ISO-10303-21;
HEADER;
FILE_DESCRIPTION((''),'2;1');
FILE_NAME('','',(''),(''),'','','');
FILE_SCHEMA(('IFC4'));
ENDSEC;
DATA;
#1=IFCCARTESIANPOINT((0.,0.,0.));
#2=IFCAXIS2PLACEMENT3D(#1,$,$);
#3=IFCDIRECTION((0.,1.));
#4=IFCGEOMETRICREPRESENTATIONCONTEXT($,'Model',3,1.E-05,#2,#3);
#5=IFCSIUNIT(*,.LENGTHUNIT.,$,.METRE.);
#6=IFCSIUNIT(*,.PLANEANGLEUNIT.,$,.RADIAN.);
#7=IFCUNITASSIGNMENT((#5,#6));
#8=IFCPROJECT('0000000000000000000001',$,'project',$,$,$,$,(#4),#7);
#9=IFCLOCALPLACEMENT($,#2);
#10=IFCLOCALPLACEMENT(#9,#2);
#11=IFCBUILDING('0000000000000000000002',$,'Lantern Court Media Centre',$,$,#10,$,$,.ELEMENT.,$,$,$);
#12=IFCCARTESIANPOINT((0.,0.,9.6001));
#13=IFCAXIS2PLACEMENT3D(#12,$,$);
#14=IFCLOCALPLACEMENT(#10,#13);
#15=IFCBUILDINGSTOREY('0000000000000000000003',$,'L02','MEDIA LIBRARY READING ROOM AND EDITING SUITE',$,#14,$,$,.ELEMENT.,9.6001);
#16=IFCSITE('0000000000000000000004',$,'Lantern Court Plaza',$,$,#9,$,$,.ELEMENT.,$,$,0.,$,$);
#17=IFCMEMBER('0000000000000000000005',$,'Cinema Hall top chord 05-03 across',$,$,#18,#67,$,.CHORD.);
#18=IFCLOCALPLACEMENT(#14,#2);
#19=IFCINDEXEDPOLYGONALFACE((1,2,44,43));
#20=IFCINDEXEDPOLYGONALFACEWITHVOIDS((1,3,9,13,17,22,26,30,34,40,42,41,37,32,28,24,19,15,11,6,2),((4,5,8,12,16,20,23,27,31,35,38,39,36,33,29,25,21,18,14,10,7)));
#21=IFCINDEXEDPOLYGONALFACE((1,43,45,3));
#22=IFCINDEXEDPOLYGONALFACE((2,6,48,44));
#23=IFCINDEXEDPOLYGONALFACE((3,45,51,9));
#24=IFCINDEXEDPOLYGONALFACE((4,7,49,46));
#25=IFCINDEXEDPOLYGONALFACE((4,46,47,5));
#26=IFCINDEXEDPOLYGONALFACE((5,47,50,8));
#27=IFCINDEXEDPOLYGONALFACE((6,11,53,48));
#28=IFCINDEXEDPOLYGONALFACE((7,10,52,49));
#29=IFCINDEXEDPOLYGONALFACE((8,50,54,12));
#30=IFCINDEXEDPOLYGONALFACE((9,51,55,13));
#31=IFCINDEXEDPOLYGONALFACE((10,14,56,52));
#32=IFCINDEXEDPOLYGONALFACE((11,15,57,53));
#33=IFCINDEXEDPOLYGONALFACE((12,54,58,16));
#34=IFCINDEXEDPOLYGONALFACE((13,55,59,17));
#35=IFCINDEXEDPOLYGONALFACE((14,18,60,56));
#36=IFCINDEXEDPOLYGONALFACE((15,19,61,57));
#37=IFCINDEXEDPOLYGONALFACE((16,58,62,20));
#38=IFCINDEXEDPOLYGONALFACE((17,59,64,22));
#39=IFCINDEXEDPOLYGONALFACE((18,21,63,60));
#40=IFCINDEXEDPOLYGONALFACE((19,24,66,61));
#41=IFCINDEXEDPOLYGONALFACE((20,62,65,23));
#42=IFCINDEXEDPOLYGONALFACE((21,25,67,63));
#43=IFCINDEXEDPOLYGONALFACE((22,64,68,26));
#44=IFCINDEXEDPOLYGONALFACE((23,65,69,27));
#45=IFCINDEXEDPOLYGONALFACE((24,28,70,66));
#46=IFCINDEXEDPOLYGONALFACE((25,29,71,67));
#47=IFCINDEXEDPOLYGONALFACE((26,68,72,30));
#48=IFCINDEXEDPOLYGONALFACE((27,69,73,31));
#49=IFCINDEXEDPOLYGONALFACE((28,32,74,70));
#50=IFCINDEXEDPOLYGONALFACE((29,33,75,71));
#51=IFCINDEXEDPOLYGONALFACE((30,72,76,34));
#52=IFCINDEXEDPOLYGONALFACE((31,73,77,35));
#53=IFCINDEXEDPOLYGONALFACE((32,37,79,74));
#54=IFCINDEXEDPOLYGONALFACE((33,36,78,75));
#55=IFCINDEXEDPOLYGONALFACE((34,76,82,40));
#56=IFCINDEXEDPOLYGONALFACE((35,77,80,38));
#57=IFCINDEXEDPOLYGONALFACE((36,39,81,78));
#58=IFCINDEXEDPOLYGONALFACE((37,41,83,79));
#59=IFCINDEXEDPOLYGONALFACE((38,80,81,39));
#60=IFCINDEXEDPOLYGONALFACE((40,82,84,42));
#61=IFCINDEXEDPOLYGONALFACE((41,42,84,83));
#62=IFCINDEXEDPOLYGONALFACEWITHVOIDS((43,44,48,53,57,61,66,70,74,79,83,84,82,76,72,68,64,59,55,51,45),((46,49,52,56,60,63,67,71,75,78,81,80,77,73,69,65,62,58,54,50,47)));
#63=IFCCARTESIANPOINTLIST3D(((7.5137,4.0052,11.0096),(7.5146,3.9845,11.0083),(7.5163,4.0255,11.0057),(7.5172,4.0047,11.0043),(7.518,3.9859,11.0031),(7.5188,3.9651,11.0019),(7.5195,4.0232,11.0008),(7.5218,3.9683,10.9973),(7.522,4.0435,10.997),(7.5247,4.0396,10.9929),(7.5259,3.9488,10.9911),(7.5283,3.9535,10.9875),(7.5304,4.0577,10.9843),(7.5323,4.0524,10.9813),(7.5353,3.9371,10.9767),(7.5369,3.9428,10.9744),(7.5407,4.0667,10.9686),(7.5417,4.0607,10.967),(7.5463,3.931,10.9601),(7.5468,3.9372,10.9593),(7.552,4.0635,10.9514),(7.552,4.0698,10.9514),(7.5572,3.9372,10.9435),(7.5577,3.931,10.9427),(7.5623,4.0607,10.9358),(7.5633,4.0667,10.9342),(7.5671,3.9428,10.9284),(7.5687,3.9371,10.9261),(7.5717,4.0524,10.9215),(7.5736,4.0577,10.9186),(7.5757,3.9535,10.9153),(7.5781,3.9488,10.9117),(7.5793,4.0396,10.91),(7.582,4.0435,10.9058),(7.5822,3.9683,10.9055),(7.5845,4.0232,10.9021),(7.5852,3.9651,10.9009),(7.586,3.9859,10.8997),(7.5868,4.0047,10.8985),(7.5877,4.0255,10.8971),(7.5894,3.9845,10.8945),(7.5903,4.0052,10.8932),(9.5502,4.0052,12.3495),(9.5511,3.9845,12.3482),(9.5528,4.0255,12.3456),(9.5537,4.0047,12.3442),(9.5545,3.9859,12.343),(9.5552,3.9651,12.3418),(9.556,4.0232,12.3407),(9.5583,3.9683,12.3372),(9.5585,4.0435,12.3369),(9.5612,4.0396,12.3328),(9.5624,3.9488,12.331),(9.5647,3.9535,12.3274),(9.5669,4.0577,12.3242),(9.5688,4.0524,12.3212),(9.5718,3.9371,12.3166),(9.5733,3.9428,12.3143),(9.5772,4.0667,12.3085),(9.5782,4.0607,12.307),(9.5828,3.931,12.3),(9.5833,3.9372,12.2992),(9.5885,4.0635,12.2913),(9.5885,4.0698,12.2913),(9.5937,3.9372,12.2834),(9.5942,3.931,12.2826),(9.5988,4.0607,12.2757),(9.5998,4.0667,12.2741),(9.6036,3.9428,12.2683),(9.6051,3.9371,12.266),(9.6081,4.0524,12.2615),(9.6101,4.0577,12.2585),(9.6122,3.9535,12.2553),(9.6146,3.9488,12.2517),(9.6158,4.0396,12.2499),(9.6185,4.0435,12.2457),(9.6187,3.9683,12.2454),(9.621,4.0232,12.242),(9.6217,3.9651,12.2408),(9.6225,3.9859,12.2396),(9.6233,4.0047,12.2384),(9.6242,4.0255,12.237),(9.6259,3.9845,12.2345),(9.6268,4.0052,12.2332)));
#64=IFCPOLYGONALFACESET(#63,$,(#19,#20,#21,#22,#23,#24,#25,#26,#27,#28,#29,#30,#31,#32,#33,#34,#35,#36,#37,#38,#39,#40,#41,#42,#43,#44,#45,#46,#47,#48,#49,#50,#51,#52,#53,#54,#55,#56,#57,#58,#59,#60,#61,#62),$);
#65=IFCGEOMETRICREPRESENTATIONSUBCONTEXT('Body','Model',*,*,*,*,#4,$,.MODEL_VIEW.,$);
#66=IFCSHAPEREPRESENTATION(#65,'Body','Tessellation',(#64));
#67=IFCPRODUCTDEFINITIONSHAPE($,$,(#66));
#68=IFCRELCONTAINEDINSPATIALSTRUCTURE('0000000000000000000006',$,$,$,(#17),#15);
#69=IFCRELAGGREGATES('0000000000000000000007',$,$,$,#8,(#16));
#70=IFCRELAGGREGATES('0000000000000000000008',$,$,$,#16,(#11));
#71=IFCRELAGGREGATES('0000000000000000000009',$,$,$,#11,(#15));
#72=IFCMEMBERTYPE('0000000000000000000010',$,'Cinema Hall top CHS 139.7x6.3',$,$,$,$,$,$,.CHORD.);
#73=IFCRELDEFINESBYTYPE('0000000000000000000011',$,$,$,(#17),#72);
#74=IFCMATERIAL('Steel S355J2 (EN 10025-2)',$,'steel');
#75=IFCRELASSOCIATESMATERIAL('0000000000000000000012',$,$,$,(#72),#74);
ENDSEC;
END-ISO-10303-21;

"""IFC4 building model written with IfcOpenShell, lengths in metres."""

from ifc_helpers import new_model, si_unit, direction, frame, origin, origin_2d, place, context, subcontext, project, spatial, hollow_circle, extrude, material, material_profile, profile_set, type_object, element, save


model = new_model("IFC4")

# Units and contexts
model_context = context("Model", 3, precision=1e-05, world=origin(), true_north=direction((0.0, 1.0)))
body_context = subcontext(model_context, "Body", "Model", "MODEL_VIEW")
ifc_project = project(units=[si_unit("LENGTHUNIT", "METRE"), si_unit("PLANEANGLEUNIT", "RADIAN")], contexts=[model_context])

# Site, building, storey
site_placement = place(None, origin())
site = spatial("IfcSite", under=ifc_project, at=site_placement, Name="Lantern Court Plaza", CompositionType="ELEMENT", RefElevation=0.0)
building_placement = place(site_placement, origin())
building = spatial("IfcBuilding", under=site, at=building_placement, Name="Lantern Court Media Centre", CompositionType="ELEMENT")
storey_placement = place(building_placement, frame((0.0, 0.0, 9.6001)))
storey = spatial("IfcBuildingStorey", under=building, at=storey_placement, Name="L02", Description="MEDIA LIBRARY READING ROOM AND EDITING SUITE", CompositionType="ELEMENT", Elevation=9.6001)

# Member
ifc_material = material(Name="Steel S355J2 (EN 10025-2)", Category="steel")
ifc_material_profile_1 = material_profile(ifc_material, hollow_circle(Radius=0.0698, WallThickness=0.0063, at=origin_2d()), Name="Cinema Hall top CHS 139.7x6.3")
ifc_profile_set_1 = profile_set([ifc_material_profile_1], Name="Steel S355J2 (EN 10025-2)")
member_type_1 = type_object("IfcMemberType", Name="Cinema Hall top CHS 139.7x6.3", PredefinedType="CHORD", material=ifc_profile_set_1)
member_1_placement = place(storey_placement, frame((7.552, 4.0, 10.9514), z_axis=(0.835394, 0.0, 0.549651), x_axis=(0.0, 1.0, 0.0)))
element("IfcMember", 1, at=member_1_placement, inside=storey, type_object=member_type_1, Name="Cinema Hall top chord 05-03 across", PredefinedType="CHORD", context=body_context, shape_type="SweptSolid", body=[
    extrude(hollow_circle(Radius=0.0698, WallThickness=0.0063, at=origin_2d()), origin(), (0.0, 0.0, 1.0), 2.4377),
])

save(model, "model.ifc")
